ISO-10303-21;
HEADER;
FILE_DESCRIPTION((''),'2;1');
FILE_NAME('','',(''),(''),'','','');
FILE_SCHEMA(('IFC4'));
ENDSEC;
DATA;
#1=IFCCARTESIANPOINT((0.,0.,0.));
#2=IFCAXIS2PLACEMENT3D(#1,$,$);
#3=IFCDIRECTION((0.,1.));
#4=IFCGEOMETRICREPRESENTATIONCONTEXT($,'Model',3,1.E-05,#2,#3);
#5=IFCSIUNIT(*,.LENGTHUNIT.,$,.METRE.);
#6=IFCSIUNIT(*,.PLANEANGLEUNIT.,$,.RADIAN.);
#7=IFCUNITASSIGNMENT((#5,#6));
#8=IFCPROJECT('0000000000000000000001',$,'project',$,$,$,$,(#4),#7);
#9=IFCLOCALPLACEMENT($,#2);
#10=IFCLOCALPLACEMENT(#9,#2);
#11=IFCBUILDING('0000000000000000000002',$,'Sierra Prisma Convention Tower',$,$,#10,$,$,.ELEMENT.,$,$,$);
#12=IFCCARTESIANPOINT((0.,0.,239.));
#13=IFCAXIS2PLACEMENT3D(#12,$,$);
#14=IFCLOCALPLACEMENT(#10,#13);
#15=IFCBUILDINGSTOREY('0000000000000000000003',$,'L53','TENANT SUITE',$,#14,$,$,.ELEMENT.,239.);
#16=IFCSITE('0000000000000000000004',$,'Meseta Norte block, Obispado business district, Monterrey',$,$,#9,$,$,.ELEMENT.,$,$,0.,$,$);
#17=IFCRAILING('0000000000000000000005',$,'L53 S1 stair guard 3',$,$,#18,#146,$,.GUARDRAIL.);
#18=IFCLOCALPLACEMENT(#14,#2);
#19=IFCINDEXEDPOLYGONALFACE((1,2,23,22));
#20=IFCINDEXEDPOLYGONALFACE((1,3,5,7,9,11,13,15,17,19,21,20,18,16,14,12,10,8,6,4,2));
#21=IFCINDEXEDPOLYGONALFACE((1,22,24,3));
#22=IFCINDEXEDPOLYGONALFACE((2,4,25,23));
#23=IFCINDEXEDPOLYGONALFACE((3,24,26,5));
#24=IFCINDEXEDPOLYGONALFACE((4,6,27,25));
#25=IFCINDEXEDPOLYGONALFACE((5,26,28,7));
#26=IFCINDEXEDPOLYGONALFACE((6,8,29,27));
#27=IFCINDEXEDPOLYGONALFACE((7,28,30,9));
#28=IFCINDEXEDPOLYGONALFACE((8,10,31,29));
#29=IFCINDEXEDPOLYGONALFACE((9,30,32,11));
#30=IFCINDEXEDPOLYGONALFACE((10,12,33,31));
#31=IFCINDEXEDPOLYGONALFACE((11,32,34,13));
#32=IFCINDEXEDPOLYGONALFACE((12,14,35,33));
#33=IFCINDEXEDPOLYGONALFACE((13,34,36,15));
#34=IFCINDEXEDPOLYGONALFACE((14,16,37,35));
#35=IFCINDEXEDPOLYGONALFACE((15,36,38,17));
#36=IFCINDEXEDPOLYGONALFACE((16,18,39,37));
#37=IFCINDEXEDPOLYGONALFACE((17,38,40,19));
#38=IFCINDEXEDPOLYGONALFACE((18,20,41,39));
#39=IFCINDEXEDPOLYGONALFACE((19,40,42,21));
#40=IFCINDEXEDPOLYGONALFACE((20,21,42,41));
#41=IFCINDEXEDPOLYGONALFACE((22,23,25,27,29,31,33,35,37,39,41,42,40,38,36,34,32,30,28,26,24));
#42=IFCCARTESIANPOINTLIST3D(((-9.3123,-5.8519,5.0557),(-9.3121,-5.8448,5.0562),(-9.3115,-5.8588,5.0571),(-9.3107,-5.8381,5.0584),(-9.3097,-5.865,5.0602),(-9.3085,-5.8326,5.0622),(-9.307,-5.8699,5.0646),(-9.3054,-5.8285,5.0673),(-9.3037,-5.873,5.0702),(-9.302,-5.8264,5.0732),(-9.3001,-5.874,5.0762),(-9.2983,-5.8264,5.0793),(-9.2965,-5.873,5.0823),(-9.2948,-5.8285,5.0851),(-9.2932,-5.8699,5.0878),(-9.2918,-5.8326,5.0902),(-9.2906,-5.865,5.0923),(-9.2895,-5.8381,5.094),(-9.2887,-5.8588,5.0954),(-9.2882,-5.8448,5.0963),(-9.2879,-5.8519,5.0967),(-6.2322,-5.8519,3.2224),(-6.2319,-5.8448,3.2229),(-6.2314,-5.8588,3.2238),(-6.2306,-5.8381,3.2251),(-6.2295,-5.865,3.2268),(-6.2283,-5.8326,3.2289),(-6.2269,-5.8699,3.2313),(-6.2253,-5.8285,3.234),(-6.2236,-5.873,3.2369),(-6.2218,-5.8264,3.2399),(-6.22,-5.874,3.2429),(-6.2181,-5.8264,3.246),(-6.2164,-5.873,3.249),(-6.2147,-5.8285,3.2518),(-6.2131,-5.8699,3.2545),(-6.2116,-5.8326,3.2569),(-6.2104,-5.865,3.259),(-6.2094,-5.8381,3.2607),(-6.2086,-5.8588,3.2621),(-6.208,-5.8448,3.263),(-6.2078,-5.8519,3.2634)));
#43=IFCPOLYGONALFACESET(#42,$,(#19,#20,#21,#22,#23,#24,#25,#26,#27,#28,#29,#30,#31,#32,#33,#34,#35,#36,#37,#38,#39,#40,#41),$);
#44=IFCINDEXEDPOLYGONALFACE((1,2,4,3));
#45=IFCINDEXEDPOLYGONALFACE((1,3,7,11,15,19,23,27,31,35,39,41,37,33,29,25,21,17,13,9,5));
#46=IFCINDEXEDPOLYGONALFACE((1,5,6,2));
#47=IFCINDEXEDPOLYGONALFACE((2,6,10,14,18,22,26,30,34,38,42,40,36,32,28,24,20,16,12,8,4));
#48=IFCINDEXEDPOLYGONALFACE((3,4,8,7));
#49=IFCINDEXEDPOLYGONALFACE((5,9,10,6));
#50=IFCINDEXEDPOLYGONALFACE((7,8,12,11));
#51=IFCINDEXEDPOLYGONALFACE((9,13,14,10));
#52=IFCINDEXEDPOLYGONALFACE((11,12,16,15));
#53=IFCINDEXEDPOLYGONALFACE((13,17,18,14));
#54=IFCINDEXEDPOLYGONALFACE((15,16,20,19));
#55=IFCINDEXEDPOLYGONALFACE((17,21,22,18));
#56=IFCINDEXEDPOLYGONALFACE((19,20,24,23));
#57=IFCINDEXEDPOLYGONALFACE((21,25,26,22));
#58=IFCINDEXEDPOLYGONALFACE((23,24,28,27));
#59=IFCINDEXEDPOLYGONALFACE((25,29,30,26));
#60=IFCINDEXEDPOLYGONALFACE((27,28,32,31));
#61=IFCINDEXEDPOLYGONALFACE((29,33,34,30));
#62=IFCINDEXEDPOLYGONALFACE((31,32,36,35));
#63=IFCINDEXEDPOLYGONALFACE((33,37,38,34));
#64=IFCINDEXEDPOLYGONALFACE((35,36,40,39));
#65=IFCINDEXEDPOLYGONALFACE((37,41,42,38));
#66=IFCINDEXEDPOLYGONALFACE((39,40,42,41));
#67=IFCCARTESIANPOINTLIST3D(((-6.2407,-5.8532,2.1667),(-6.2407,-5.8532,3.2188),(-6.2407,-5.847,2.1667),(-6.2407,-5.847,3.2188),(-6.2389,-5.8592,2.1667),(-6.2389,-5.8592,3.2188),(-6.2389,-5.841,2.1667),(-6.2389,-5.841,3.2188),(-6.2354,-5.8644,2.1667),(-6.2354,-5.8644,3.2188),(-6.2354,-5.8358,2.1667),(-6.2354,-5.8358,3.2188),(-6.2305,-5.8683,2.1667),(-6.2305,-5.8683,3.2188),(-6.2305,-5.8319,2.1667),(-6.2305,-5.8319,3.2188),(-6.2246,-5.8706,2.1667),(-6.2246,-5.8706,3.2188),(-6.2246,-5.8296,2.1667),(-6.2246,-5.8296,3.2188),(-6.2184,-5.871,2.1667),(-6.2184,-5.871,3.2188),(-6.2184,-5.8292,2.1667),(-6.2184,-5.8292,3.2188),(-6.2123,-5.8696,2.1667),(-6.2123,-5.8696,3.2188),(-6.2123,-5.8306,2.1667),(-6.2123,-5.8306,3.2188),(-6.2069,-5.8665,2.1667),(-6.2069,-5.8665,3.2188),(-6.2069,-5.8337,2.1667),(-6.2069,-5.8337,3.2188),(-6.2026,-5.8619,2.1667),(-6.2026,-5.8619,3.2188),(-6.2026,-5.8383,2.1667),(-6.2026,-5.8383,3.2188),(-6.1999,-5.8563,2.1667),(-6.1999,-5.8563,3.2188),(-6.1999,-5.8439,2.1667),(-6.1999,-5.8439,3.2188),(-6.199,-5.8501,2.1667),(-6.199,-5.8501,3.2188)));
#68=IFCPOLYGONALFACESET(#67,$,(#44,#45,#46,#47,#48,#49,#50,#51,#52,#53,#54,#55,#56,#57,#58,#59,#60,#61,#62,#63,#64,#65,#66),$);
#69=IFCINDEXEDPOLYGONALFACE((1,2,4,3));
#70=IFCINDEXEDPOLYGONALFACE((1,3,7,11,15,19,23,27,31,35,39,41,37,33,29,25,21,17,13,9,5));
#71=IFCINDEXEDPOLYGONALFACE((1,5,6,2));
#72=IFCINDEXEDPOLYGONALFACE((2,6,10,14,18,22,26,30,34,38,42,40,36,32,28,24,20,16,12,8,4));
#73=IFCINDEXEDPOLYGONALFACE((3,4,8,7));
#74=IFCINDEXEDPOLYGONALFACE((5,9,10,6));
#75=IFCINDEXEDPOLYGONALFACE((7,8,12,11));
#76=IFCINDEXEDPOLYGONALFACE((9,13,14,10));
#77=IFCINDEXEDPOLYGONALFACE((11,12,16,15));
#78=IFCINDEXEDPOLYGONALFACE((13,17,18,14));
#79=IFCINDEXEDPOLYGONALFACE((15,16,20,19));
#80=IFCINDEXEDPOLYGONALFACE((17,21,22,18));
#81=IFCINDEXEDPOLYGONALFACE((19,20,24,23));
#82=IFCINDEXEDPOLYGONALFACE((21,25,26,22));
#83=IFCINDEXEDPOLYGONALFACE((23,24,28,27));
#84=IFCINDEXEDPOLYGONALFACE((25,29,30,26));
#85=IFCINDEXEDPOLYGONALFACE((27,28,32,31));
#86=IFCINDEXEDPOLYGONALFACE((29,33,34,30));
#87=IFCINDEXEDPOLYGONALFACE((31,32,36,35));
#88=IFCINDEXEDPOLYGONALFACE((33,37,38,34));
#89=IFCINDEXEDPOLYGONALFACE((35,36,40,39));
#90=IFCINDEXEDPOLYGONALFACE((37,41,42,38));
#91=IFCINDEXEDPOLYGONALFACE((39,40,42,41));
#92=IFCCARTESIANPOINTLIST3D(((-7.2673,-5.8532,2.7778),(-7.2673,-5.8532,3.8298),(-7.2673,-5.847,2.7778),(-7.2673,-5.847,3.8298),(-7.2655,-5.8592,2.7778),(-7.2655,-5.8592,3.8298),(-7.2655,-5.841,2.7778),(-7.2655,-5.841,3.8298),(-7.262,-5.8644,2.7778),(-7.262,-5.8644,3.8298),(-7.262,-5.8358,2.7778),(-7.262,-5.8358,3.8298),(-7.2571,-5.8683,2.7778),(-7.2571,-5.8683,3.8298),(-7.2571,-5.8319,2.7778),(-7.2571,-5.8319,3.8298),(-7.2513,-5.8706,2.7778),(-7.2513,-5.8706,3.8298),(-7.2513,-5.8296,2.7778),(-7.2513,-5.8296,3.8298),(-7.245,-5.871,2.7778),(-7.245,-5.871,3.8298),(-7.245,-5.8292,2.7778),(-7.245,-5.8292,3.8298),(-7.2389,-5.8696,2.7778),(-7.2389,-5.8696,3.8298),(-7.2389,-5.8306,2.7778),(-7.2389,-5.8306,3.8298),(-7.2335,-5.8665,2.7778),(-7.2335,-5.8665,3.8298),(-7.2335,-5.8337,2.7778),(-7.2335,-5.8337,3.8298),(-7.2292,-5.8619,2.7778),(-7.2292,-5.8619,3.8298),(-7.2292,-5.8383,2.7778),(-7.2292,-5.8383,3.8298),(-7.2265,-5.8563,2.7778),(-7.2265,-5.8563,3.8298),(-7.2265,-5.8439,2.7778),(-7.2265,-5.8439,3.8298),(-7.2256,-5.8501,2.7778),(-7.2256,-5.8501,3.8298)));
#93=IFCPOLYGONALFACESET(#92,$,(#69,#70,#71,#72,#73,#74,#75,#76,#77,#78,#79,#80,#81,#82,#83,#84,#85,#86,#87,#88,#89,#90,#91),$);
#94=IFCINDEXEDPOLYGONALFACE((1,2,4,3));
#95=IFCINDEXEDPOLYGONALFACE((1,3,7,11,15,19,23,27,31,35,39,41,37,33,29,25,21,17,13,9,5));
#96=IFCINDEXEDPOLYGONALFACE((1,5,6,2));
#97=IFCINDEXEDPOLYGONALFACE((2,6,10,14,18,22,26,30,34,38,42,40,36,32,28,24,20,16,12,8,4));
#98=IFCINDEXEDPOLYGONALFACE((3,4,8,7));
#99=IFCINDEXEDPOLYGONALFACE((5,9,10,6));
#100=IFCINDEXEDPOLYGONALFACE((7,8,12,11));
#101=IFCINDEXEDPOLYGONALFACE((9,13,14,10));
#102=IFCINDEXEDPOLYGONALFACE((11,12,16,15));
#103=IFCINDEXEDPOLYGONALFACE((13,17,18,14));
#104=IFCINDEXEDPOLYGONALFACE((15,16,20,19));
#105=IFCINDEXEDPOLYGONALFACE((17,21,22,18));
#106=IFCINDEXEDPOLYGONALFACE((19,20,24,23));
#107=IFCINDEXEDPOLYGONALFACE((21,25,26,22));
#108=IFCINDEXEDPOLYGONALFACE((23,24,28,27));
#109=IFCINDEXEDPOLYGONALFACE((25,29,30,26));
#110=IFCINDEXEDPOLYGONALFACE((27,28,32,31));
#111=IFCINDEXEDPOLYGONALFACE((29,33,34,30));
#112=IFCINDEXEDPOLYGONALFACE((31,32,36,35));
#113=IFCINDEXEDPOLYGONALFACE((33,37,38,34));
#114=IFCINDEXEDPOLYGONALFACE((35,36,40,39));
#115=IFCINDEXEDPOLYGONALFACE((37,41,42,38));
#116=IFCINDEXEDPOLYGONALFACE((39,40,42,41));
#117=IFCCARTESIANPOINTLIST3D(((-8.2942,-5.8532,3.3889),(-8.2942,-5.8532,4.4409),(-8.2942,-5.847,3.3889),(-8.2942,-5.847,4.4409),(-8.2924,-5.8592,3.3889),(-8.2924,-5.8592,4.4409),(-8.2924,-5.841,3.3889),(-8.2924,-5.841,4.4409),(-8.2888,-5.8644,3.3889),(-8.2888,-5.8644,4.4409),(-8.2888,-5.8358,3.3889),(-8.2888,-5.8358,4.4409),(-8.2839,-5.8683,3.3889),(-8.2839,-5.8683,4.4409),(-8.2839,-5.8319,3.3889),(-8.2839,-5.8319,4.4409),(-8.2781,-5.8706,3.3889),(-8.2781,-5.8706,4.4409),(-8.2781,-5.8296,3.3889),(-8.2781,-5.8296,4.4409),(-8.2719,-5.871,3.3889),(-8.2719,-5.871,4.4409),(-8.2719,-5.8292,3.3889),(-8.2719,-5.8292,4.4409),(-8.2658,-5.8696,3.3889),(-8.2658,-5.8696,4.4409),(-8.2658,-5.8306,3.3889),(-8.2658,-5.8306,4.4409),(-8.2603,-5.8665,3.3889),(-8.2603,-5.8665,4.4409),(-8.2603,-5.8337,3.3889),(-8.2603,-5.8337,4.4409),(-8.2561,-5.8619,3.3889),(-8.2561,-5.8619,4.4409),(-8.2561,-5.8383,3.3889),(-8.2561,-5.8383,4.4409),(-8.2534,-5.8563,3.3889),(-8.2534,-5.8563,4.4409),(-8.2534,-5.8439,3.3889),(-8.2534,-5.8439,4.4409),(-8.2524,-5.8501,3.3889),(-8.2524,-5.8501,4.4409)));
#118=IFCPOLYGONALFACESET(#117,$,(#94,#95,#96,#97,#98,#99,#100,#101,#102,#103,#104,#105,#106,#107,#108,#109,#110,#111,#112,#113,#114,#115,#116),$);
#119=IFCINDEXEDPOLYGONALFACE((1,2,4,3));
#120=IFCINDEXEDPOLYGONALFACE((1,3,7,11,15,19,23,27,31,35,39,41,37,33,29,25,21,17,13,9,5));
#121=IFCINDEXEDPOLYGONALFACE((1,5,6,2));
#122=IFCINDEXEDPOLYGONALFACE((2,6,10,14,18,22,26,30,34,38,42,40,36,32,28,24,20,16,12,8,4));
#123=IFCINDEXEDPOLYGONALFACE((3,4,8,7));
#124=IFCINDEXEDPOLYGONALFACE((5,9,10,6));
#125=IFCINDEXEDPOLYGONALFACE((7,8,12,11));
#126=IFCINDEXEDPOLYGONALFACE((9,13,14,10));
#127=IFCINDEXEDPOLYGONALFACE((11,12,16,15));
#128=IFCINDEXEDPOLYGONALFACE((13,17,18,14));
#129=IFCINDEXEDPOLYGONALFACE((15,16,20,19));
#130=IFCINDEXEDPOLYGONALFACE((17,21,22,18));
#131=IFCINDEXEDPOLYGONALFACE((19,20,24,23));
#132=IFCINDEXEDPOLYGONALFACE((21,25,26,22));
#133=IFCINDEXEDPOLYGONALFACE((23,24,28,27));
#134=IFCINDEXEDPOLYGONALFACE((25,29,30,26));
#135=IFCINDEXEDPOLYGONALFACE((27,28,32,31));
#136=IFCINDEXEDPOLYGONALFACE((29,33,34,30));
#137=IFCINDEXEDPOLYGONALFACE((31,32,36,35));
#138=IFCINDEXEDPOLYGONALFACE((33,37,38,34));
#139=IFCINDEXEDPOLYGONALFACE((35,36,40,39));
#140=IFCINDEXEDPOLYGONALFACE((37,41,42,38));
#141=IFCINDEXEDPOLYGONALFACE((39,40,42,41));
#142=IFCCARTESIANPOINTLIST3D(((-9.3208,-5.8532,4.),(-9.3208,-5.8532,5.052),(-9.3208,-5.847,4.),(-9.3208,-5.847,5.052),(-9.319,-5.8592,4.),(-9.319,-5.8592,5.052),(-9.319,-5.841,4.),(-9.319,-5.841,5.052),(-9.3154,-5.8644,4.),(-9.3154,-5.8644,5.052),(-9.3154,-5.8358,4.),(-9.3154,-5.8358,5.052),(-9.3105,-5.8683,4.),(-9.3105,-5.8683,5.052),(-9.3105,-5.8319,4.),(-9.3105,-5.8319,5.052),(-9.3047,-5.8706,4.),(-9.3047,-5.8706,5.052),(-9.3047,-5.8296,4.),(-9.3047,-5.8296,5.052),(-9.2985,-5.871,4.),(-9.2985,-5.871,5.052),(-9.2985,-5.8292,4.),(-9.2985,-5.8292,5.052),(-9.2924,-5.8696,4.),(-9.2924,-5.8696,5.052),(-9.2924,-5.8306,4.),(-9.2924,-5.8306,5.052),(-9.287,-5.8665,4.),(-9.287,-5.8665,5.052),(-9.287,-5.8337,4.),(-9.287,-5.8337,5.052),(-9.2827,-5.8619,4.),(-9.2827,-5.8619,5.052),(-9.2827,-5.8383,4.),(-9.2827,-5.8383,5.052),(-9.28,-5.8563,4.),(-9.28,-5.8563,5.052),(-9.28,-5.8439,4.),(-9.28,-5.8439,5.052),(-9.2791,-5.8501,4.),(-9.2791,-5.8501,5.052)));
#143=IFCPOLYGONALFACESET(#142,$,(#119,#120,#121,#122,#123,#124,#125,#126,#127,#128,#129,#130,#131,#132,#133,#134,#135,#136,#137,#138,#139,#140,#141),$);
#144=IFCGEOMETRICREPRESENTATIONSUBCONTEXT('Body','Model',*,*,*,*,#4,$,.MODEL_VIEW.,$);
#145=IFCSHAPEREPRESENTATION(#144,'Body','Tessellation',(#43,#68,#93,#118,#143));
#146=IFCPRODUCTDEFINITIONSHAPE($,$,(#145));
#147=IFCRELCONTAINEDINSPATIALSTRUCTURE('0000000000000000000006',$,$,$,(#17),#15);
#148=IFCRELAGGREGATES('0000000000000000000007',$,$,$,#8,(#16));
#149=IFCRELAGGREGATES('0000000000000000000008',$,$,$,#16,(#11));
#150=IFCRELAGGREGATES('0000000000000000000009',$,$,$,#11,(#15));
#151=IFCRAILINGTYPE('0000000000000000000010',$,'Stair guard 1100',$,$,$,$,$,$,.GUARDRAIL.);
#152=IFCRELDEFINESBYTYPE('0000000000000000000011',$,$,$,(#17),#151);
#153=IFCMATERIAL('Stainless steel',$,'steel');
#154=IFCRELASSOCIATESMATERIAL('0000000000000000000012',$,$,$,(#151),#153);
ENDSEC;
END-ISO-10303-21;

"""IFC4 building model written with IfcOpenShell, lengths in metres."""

from ifc_helpers import new_model, si_unit, direction, frame, origin, origin_2d, place, context, subcontext, project, spatial, circle, extrude, material, type_object, element, save


model = new_model("IFC4")

# Units and contexts
model_context = context("Model", 3, precision=1e-05, world=origin(), true_north=direction((0.0, 1.0)))
body_context = subcontext(model_context, "Body", "Model", "MODEL_VIEW")
ifc_project = project(units=[si_unit("LENGTHUNIT", "METRE"), si_unit("PLANEANGLEUNIT", "RADIAN")], contexts=[model_context])

# Site, building, storey
site_placement = place(None, origin())
site = spatial("IfcSite", under=ifc_project, at=site_placement, Name="Meseta Norte block, Obispado business district, Monterrey", CompositionType="ELEMENT", RefElevation=0.0)
building_placement = place(site_placement, origin())
building = spatial("IfcBuilding", under=site, at=building_placement, Name="Sierra Prisma Convention Tower", CompositionType="ELEMENT")
storey_placement = place(building_placement, frame((0.0, 0.0, 239.0)))
storey = spatial("IfcBuildingStorey", under=building, at=storey_placement, Name="L53", Description="TENANT SUITE", CompositionType="ELEMENT", Elevation=239.0)

# Railing
ifc_material_1 = material(Name="Stainless steel", Category="steel")
railing_type_1 = type_object("IfcRailingType", Name="Stair guard 1100", PredefinedType="GUARDRAIL", material=ifc_material_1)
railing_1_placement = place(storey_placement, frame((-6.22, -5.8501, 2.1667)))
element("IfcRailing", 1, at=railing_1_placement, inside=storey, type_object=railing_type_1, Name="L53 S1 stair guard 3", PredefinedType="GUARDRAIL", context=body_context, shape_type="SweptSolid", body=[
    extrude(circle(Radius=0.0239, at=origin_2d()), frame((0.0, 0.0, 1.0762), z_axis=(-0.859309, 0.0, 0.511458), x_axis=(0.0, -1.0, 0.0)), (0.0, 0.0, 1.0), 3.5845),
    extrude(circle(Radius=0.021, at=origin_2d()), origin(), (0.0, 0.0, 1.0), 1.052),
    extrude(circle(Radius=0.021, at=origin_2d()), frame((-1.0266, 0.0, 0.6111)), (0.0, 0.0, 1.0), 1.052),
    extrude(circle(Radius=0.021, at=origin_2d()), frame((-2.0535, 0.0, 1.2222)), (0.0, 0.0, 1.0), 1.052),
    extrude(circle(Radius=0.021, at=origin_2d()), frame((-3.0801, 0.0, 1.8333)), (0.0, 0.0, 1.0), 1.052),
])

save(model, "model.ifc")
